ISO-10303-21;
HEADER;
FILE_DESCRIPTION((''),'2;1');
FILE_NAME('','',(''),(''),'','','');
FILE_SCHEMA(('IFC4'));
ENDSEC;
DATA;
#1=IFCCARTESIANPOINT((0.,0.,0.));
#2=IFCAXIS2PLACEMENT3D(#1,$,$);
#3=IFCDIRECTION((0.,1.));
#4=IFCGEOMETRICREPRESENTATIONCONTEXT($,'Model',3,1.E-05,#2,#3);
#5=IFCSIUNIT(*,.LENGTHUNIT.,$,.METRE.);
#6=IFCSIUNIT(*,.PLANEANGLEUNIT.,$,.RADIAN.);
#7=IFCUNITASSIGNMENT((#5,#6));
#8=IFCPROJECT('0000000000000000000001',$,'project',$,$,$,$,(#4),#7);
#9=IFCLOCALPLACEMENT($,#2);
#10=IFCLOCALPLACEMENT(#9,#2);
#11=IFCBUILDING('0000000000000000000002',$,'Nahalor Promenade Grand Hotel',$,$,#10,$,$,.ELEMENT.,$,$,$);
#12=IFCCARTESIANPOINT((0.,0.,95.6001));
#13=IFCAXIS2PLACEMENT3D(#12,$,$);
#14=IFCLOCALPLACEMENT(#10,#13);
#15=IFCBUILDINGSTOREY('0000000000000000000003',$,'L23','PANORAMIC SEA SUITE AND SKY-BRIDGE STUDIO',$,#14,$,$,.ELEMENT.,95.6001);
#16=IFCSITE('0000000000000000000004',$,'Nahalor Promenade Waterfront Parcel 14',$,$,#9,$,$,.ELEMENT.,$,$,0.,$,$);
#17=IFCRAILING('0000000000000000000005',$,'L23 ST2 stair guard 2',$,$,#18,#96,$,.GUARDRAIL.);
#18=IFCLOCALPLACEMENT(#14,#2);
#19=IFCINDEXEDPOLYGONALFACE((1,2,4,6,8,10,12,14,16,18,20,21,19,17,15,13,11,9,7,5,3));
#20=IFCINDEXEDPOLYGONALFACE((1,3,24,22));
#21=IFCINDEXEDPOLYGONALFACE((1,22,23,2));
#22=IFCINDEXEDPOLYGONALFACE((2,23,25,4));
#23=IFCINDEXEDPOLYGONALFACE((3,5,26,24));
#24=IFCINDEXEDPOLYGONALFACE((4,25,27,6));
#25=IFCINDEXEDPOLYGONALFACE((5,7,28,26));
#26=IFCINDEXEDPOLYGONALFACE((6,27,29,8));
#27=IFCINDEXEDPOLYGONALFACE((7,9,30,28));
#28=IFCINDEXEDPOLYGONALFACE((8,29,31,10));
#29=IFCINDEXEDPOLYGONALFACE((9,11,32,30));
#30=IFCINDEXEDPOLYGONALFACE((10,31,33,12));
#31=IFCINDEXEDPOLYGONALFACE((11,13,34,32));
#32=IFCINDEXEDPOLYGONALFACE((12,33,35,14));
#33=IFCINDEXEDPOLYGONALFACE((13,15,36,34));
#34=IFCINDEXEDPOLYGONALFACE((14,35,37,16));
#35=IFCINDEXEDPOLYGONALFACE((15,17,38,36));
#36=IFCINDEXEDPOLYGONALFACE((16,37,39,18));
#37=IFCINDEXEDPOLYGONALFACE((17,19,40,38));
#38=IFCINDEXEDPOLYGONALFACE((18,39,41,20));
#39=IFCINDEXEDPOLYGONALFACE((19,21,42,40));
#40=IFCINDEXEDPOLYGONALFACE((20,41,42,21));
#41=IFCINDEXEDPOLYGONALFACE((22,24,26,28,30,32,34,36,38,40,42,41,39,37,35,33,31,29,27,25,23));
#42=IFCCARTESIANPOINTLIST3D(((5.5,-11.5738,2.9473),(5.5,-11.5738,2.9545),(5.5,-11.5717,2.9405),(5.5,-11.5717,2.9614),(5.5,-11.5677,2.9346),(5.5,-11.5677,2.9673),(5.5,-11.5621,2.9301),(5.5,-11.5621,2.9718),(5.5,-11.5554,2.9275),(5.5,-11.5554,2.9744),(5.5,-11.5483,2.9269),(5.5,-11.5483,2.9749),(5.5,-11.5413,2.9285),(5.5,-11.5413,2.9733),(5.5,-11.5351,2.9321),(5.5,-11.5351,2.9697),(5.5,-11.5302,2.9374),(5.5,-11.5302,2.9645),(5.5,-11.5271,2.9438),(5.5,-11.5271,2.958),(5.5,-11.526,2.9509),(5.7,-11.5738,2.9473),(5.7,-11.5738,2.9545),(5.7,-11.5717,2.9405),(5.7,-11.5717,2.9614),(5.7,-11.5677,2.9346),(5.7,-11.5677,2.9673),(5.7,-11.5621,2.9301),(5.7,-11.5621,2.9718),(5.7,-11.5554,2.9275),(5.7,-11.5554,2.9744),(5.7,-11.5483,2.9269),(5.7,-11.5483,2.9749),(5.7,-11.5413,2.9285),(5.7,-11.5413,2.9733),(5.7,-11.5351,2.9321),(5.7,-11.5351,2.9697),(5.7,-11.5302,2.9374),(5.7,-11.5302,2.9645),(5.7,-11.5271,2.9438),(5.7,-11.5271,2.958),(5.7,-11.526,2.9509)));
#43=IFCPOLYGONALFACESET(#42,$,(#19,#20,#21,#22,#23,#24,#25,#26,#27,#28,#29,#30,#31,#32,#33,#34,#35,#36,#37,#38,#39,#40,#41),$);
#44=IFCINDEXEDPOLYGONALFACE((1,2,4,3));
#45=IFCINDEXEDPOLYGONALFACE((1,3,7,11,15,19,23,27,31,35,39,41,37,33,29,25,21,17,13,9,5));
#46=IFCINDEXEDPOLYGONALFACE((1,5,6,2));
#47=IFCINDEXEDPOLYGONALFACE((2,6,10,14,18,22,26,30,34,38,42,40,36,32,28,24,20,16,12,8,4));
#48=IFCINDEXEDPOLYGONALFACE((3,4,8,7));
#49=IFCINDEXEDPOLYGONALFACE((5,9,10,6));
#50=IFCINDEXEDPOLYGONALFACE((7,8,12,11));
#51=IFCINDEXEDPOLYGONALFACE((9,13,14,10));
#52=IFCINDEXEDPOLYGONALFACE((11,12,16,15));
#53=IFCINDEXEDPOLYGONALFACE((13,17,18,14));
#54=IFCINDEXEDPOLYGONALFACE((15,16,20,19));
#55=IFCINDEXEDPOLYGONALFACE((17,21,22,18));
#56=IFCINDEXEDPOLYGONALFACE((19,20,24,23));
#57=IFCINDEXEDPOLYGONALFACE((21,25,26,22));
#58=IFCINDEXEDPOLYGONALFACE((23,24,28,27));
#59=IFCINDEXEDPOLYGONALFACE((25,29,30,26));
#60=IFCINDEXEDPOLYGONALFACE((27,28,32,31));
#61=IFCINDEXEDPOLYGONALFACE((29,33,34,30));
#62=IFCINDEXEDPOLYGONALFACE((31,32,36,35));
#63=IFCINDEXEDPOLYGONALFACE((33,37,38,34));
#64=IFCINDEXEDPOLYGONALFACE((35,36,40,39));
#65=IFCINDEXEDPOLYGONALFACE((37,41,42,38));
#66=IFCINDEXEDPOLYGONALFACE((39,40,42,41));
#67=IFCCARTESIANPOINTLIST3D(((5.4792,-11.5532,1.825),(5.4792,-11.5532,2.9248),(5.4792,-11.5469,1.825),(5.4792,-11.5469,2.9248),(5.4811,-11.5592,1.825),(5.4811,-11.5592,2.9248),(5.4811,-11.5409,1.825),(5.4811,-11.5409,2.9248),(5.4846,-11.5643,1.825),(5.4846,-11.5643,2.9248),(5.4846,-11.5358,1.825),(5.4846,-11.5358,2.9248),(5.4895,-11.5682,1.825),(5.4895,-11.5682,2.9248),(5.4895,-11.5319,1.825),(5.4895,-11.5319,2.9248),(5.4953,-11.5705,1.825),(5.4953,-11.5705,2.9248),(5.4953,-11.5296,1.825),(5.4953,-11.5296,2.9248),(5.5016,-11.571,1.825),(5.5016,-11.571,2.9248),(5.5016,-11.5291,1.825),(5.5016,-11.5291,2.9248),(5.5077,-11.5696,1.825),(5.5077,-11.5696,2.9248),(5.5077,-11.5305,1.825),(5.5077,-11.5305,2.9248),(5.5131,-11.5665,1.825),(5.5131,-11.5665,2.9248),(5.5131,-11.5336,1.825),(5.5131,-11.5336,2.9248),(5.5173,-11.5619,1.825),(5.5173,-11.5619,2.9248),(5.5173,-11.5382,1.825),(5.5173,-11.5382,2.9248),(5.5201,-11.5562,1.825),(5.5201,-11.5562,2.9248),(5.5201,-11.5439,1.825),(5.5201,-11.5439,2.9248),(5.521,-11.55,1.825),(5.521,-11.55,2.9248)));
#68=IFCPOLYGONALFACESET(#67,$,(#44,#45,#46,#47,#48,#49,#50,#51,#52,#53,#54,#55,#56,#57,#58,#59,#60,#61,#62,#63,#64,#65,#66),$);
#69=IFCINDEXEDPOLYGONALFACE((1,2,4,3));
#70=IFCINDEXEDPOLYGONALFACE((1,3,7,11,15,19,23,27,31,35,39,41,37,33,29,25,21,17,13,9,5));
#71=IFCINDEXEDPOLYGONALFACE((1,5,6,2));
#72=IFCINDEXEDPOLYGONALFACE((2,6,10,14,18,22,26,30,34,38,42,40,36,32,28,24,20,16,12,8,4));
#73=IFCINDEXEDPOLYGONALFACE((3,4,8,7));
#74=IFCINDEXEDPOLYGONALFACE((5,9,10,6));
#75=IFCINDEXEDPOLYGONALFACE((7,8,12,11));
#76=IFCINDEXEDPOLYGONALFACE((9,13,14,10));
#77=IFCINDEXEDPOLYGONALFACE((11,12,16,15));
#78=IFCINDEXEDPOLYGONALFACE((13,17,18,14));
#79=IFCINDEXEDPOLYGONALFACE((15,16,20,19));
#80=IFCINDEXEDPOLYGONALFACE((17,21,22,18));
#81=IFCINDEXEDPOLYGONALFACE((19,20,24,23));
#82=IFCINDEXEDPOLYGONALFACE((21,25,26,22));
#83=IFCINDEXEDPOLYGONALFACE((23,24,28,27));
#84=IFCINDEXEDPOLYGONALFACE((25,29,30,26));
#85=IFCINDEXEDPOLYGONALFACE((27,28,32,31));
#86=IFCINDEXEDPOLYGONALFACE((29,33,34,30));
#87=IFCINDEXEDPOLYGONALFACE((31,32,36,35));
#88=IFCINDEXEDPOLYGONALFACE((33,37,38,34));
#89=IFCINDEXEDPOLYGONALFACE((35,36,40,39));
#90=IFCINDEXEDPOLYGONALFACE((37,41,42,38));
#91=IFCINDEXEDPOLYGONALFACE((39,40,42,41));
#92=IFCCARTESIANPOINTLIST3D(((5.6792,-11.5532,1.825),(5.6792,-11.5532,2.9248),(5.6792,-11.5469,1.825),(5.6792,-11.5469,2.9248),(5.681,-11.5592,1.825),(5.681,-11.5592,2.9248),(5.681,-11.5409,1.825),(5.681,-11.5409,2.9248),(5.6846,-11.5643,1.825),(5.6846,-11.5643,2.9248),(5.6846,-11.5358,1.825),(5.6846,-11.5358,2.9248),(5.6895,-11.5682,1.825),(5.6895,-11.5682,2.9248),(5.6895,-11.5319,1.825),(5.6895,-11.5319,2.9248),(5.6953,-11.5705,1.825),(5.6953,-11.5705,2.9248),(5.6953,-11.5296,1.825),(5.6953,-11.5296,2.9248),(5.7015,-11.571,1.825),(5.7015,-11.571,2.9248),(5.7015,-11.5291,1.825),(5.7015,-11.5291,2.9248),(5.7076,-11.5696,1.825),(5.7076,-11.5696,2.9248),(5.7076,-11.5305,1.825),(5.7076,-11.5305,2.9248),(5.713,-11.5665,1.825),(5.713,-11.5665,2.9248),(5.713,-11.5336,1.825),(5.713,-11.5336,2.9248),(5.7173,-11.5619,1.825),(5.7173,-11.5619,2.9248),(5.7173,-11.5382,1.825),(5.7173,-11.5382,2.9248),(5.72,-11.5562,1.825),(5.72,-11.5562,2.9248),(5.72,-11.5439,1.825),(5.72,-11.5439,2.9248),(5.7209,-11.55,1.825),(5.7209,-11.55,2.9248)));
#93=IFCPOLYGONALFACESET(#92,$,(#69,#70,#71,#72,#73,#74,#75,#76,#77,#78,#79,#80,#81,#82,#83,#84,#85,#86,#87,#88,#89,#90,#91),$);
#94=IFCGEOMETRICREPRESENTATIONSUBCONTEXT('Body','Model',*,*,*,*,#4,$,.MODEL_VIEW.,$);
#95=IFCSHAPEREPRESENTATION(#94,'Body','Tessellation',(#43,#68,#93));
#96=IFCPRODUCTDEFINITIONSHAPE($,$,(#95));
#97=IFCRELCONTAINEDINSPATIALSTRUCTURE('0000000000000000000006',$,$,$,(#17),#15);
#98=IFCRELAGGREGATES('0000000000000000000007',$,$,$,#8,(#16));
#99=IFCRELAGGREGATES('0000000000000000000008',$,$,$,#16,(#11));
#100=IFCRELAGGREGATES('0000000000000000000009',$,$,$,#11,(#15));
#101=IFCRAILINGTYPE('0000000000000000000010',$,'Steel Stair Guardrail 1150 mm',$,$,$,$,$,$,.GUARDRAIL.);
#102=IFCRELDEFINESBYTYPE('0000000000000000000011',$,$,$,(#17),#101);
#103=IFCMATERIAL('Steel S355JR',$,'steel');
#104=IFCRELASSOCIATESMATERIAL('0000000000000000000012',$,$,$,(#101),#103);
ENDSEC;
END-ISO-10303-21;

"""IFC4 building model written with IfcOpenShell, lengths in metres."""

from ifc_helpers import new_model, si_unit, direction, frame, origin, origin_2d, place, context, subcontext, project, spatial, circle, extrude, material, type_object, element, save


model = new_model("IFC4")

# Units and contexts
model_context = context("Model", 3, precision=1e-05, world=origin(), true_north=direction((0.0, 1.0)))
body_context = subcontext(model_context, "Body", "Model", "MODEL_VIEW")
ifc_project = project(units=[si_unit("LENGTHUNIT", "METRE"), si_unit("PLANEANGLEUNIT", "RADIAN")], contexts=[model_context])

# Site, building, storey
site_placement = place(None, origin())
site = spatial("IfcSite", under=ifc_project, at=site_placement, Name="Nahalor Promenade Waterfront Parcel 14", CompositionType="ELEMENT", RefElevation=0.0)
building_placement = place(site_placement, origin())
building = spatial("IfcBuilding", under=site, at=building_placement, Name="Nahalor Promenade Grand Hotel", CompositionType="ELEMENT")
storey_placement = place(building_placement, frame((0.0, 0.0, 95.6001)))
storey = spatial("IfcBuildingStorey", under=building, at=storey_placement, Name="L23", Description="PANORAMIC SEA SUITE AND SKY-BRIDGE STUDIO", CompositionType="ELEMENT", Elevation=95.6001)

# Shared definitions
ifc_material_1 = material(Name="Steel S355JR", Category="steel")

# Railing
railing_type_1 = type_object("IfcRailingType", Name="Steel Stair Guardrail 1150 mm", PredefinedType="GUARDRAIL", material=ifc_material_1)
railing_1_placement = place(storey_placement, frame((5.5, -11.55, 1.825)))
element("IfcRailing", 1, at=railing_1_placement, inside=storey, type_object=railing_type_1, Name="L23 ST2 stair guard 2", PredefinedType="GUARDRAIL", context=body_context, shape_type="SweptSolid", body=[
    extrude(circle(Radius=0.024, at=origin_2d()), frame((0.0, 0.0, 1.126), z_axis=(1.0, 0.0, 0.0), x_axis=(0.0, 1.0, 0.0)), (0.0, 0.0, 1.0), 0.2),
    extrude(circle(Radius=0.021, at=origin_2d()), origin(), (0.0, 0.0, 1.0), 1.0999),
    extrude(circle(Radius=0.021, at=origin_2d()), frame((0.2, 0.0, 0.0)), (0.0, 0.0, 1.0), 1.0999),
])

save(model, "model.ifc")
